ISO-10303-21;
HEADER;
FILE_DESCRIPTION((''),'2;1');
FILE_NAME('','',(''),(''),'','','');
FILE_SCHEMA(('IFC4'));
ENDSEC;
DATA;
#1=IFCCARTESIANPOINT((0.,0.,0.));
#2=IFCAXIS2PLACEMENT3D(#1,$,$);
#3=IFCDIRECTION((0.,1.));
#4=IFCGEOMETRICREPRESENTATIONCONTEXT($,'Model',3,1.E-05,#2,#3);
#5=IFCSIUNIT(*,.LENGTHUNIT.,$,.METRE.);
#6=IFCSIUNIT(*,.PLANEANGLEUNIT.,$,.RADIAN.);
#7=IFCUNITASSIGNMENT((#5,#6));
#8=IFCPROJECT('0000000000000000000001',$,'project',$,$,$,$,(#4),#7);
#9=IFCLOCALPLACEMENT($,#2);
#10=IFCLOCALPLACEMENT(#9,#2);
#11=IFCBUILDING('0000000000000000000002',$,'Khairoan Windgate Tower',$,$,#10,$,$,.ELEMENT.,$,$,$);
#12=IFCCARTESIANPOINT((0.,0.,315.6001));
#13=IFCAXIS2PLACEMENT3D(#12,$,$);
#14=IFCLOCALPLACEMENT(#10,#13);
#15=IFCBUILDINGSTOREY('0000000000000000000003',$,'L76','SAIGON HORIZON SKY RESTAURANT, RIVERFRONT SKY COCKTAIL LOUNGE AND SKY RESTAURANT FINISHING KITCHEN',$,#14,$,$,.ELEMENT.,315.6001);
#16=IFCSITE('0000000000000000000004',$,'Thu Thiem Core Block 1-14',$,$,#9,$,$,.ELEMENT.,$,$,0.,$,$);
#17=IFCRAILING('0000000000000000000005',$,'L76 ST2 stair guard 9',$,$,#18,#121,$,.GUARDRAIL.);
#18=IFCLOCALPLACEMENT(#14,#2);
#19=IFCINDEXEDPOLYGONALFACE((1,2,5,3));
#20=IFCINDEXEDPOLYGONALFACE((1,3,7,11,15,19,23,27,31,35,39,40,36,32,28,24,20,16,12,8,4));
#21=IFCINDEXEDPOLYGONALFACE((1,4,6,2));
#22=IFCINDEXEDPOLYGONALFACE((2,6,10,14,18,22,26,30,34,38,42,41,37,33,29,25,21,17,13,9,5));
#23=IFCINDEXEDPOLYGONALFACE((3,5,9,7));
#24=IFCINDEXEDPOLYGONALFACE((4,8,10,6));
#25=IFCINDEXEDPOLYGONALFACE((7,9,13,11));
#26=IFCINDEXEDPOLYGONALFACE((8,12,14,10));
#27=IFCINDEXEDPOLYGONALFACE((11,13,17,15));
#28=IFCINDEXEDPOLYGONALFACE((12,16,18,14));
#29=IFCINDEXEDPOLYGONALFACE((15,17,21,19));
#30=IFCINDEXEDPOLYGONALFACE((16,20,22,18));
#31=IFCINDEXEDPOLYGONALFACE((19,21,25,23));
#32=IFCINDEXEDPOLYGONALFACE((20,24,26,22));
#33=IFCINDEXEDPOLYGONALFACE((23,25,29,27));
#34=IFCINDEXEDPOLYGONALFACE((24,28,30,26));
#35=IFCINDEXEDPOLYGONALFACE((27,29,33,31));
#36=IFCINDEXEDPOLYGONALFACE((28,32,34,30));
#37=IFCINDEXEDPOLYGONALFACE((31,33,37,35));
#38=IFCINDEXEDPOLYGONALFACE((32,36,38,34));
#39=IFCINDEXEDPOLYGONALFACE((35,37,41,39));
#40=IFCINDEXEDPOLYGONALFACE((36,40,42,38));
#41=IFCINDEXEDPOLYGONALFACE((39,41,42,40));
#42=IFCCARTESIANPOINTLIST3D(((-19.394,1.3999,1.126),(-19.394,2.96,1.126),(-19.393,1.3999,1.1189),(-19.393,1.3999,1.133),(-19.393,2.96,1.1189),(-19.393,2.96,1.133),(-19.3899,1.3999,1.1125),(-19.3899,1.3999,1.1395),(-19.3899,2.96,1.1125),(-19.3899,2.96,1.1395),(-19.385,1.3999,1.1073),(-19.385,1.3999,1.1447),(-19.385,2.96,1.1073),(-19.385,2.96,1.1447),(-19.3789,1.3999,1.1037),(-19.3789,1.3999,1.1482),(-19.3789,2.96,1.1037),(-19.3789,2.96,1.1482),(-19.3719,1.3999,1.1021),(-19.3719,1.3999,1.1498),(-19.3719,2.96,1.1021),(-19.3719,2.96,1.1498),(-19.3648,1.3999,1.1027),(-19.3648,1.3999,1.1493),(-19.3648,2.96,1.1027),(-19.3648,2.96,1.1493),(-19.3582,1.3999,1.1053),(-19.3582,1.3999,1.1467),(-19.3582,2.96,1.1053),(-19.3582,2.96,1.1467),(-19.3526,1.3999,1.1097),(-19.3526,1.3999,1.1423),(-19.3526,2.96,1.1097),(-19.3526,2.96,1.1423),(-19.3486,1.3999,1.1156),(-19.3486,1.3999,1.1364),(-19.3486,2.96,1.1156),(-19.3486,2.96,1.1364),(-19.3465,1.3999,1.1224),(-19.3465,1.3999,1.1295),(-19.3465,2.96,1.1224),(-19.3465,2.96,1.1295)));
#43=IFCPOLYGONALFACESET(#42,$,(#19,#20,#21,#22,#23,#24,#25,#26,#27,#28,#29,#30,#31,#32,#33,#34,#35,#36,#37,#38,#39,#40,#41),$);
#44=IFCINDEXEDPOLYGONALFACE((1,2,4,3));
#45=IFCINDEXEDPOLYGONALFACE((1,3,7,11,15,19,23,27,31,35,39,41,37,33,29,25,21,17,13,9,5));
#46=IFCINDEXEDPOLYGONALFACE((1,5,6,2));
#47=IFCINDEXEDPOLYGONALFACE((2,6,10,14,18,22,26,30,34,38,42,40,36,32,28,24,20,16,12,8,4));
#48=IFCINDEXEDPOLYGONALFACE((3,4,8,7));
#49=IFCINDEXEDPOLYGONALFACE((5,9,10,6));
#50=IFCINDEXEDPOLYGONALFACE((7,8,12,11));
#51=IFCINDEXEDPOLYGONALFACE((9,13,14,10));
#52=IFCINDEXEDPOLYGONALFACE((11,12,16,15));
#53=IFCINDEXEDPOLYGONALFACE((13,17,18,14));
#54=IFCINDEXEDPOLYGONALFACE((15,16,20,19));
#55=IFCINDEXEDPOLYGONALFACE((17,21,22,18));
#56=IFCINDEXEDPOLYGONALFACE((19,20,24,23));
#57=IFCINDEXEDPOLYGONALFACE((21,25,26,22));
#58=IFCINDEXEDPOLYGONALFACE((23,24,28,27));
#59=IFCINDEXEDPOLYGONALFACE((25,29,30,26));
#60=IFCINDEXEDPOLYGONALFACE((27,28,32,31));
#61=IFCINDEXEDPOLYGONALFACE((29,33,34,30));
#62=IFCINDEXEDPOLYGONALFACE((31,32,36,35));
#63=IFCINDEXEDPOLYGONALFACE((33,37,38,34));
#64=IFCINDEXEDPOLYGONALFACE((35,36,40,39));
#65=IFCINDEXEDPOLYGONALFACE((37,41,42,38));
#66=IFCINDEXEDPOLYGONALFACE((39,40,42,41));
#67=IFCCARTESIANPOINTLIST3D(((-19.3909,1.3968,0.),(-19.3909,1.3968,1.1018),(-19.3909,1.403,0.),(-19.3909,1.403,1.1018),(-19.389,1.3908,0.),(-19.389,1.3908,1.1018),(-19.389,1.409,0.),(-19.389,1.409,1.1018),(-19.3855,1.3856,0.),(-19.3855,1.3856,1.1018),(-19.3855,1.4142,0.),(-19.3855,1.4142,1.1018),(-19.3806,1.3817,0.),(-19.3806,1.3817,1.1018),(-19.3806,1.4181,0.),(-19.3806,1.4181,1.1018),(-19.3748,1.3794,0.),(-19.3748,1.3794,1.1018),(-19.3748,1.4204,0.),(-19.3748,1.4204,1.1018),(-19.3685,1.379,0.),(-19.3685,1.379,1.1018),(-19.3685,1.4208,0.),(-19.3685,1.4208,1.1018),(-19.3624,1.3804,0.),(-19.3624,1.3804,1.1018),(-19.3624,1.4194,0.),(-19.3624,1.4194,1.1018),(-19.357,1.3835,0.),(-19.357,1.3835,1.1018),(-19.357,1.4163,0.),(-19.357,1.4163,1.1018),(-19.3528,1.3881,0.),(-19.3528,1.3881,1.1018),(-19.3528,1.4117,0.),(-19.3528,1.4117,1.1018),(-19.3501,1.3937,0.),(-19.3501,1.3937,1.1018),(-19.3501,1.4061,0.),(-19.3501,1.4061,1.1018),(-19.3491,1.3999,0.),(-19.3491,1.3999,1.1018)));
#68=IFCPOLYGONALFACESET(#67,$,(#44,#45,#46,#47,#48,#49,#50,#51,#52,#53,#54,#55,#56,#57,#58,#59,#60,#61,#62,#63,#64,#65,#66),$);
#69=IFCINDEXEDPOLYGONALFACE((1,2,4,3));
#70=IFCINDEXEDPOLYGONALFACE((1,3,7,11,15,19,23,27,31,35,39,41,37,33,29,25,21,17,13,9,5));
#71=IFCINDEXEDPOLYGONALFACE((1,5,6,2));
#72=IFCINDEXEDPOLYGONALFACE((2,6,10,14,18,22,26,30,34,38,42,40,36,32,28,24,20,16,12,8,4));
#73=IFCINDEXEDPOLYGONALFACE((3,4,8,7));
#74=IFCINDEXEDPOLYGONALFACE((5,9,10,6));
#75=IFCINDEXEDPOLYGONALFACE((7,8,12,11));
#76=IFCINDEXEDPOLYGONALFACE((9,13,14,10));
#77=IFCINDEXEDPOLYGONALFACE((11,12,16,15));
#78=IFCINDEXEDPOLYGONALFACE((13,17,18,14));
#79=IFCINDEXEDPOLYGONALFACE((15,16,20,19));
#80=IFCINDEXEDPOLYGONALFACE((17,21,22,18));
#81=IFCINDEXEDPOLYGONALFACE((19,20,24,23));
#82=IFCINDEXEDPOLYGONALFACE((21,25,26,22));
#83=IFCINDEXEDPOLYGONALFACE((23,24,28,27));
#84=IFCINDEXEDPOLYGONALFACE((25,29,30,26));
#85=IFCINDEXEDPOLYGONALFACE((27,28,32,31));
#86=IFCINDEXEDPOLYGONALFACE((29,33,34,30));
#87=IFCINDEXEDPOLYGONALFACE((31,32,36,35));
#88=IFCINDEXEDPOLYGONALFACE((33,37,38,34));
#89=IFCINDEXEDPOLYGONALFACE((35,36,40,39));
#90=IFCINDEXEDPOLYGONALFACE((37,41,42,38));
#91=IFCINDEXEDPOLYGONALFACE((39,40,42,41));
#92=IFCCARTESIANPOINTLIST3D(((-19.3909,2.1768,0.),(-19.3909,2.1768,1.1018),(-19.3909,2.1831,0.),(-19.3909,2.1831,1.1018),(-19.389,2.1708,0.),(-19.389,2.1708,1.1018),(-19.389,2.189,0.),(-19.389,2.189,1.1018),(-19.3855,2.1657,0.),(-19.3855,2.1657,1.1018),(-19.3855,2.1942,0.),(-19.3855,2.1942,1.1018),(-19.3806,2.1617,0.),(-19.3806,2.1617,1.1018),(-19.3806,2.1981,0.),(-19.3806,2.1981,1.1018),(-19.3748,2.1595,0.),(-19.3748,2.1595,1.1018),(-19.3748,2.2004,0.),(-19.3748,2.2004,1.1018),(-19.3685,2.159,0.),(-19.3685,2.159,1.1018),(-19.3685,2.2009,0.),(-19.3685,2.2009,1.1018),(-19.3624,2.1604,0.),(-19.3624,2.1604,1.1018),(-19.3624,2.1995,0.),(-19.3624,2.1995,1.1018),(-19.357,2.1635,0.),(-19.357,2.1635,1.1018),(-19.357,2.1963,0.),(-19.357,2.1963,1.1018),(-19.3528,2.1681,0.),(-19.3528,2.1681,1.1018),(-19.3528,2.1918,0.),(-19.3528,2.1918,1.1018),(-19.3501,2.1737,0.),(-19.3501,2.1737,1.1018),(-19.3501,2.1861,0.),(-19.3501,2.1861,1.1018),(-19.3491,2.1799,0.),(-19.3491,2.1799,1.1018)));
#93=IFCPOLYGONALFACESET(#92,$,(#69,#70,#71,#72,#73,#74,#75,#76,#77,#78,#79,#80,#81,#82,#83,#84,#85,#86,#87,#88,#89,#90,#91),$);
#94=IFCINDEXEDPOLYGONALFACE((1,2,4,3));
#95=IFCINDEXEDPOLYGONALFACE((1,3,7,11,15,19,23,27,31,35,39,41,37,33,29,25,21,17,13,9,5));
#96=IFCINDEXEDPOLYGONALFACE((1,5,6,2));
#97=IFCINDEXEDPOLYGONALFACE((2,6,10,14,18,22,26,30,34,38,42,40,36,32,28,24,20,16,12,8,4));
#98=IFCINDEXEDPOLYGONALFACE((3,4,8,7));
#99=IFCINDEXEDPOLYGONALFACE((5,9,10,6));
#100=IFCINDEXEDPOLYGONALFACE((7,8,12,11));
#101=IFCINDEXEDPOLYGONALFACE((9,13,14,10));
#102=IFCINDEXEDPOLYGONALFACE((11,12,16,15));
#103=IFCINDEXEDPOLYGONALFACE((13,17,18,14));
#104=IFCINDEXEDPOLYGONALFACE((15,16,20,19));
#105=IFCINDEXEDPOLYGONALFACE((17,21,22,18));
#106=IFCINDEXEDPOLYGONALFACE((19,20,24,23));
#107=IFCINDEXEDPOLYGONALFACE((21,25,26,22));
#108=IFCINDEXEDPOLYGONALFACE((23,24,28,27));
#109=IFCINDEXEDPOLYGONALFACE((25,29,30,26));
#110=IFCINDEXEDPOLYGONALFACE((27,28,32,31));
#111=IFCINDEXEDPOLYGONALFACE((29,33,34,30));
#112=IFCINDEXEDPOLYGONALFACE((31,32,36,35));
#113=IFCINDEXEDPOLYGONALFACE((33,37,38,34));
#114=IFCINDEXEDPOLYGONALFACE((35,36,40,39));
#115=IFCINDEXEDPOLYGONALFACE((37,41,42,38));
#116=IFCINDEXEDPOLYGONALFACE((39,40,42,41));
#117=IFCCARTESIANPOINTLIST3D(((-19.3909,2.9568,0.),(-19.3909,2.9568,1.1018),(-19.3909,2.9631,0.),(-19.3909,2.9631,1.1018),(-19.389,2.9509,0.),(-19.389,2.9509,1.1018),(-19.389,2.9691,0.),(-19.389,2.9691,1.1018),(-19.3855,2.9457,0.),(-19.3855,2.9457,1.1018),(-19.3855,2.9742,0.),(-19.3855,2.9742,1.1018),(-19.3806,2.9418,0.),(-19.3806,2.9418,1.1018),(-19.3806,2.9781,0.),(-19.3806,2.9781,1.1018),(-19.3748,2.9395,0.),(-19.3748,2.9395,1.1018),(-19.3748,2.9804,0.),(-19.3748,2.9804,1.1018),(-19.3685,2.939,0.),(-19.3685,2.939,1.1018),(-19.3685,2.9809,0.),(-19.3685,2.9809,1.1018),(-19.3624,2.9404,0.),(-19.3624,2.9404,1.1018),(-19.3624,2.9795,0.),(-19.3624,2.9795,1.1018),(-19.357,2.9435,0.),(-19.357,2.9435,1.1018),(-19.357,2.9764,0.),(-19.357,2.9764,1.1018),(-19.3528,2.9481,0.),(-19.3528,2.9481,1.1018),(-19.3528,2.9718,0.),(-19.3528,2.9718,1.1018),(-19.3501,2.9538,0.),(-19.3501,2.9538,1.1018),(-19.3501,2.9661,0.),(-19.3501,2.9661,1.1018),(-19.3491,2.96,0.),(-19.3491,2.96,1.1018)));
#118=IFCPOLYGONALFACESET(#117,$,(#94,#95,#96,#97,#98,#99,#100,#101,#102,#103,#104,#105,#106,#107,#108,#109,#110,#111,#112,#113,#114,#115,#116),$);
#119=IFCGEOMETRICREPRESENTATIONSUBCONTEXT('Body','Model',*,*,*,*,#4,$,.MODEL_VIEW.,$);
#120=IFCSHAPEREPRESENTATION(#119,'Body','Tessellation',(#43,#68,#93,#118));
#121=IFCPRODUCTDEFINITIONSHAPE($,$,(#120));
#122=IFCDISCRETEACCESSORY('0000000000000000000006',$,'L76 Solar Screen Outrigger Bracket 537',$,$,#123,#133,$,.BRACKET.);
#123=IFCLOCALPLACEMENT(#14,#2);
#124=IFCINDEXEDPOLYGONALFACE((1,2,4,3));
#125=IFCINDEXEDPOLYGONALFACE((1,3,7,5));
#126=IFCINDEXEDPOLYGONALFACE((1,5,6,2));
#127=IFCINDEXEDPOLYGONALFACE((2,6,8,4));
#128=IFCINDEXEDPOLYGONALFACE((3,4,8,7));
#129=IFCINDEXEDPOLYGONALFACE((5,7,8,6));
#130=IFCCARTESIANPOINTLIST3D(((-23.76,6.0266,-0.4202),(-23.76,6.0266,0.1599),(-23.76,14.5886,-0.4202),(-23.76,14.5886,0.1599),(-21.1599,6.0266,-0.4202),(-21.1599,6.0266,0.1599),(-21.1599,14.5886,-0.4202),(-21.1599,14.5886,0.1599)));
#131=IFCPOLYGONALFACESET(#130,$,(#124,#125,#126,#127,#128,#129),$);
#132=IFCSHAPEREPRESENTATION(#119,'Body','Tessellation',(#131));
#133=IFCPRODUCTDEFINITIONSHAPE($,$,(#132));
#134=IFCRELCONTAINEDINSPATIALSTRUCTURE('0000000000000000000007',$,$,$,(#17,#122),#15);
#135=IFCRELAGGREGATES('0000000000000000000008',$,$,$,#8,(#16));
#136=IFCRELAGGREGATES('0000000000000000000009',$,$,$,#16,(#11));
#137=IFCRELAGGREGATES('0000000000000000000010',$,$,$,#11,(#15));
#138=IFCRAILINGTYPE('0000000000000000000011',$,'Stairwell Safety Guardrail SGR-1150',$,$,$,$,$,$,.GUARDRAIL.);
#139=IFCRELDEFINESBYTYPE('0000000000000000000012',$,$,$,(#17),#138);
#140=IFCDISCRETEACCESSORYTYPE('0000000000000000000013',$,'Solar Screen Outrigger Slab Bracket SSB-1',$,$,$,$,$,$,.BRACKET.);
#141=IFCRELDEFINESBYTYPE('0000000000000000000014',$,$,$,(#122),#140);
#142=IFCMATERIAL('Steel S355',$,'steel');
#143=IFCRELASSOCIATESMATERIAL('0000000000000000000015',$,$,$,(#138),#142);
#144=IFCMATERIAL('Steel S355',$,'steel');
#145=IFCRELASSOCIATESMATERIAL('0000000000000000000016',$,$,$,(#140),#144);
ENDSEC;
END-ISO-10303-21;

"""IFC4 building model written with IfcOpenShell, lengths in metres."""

from ifc_helpers import new_model, si_unit, direction, frame, origin, origin_2d, place, context, subcontext, project, spatial, rectangle, circle, extrude, material, type_object, element, save


model = new_model("IFC4")

# Units and contexts
model_context = context("Model", 3, precision=1e-05, world=origin(), true_north=direction((0.0, 1.0)))
body_context = subcontext(model_context, "Body", "Model", "MODEL_VIEW")
ifc_project = project(units=[si_unit("LENGTHUNIT", "METRE"), si_unit("PLANEANGLEUNIT", "RADIAN")], contexts=[model_context])

# Site, building, storey
site_placement = place(None, origin())
site = spatial("IfcSite", under=ifc_project, at=site_placement, Name="Thu Thiem Core Block 1-14", CompositionType="ELEMENT", RefElevation=0.0)
building_placement = place(site_placement, origin())
building = spatial("IfcBuilding", under=site, at=building_placement, Name="Khairoan Windgate Tower", CompositionType="ELEMENT")
storey_placement = place(building_placement, frame((0.0, 0.0, 315.6001)))
storey = spatial("IfcBuildingStorey", under=building, at=storey_placement, Name="L76", Description="SAIGON HORIZON SKY RESTAURANT, RIVERFRONT SKY COCKTAIL LOUNGE AND SKY RESTAURANT FINISHING KITCHEN", CompositionType="ELEMENT", Elevation=315.6001)

# Railing
ifc_material_1 = material(Name="Steel S355", Category="steel")
railing_type_1 = type_object("IfcRailingType", Name="Stairwell Safety Guardrail SGR-1150", PredefinedType="GUARDRAIL", material=ifc_material_1)
for number, where, name in (
    (1, (-19.3701, 1.3999, 0.0), "L76 ST2 stair guard 9"),
):
    element("IfcRailing", number, at=place(storey_placement, frame(where)), inside=storey, type_object=railing_type_1, Name=name, PredefinedType="GUARDRAIL", context=body_context, shape_type="SweptSolid", body=[
        extrude(circle(Radius=0.0239, at=origin_2d()), frame((0.0, 0.0, 1.126), z_axis=(0.0, 1.0, 0.0), x_axis=(-1.0, 0.0, 0.0)), (0.0, 0.0, 1.0), 1.5601),
        extrude(circle(Radius=0.021, at=origin_2d()), origin(), (0.0, 0.0, 1.0), 1.1018),
        extrude(circle(Radius=0.021, at=origin_2d()), frame((0.0, 0.78, 0.0)), (0.0, 0.0, 1.0), 1.1018),
        extrude(circle(Radius=0.021, at=origin_2d()), frame((0.0, 1.5601, 0.0)), (0.0, 0.0, 1.0), 1.1018),
    ])

# Discrete accessory
ifc_material_2 = material(Name="Steel S355", Category="steel")
discrete_accessory_type = type_object("IfcDiscreteAccessoryType", Name="Solar Screen Outrigger Slab Bracket SSB-1", PredefinedType="BRACKET", material=ifc_material_2)
discrete_accessory_placement = place(storey_placement, frame((-22.46, 10.3076, -0.4202), z_axis=(0.0, 0.0, 1.0), x_axis=(0.0, 1.0, 0.0)))
element("IfcDiscreteAccessory", 2, at=discrete_accessory_placement, inside=storey, type_object=discrete_accessory_type, Name="L76 Solar Screen Outrigger Bracket 537", PredefinedType="BRACKET", context=body_context, shape_type="SweptSolid", body=[
    extrude(rectangle(XDim=8.562, YDim=2.6001, at=origin_2d()), origin(), (0.0, 0.0, 1.0), 0.5801),
])

save(model, "model.ifc")
